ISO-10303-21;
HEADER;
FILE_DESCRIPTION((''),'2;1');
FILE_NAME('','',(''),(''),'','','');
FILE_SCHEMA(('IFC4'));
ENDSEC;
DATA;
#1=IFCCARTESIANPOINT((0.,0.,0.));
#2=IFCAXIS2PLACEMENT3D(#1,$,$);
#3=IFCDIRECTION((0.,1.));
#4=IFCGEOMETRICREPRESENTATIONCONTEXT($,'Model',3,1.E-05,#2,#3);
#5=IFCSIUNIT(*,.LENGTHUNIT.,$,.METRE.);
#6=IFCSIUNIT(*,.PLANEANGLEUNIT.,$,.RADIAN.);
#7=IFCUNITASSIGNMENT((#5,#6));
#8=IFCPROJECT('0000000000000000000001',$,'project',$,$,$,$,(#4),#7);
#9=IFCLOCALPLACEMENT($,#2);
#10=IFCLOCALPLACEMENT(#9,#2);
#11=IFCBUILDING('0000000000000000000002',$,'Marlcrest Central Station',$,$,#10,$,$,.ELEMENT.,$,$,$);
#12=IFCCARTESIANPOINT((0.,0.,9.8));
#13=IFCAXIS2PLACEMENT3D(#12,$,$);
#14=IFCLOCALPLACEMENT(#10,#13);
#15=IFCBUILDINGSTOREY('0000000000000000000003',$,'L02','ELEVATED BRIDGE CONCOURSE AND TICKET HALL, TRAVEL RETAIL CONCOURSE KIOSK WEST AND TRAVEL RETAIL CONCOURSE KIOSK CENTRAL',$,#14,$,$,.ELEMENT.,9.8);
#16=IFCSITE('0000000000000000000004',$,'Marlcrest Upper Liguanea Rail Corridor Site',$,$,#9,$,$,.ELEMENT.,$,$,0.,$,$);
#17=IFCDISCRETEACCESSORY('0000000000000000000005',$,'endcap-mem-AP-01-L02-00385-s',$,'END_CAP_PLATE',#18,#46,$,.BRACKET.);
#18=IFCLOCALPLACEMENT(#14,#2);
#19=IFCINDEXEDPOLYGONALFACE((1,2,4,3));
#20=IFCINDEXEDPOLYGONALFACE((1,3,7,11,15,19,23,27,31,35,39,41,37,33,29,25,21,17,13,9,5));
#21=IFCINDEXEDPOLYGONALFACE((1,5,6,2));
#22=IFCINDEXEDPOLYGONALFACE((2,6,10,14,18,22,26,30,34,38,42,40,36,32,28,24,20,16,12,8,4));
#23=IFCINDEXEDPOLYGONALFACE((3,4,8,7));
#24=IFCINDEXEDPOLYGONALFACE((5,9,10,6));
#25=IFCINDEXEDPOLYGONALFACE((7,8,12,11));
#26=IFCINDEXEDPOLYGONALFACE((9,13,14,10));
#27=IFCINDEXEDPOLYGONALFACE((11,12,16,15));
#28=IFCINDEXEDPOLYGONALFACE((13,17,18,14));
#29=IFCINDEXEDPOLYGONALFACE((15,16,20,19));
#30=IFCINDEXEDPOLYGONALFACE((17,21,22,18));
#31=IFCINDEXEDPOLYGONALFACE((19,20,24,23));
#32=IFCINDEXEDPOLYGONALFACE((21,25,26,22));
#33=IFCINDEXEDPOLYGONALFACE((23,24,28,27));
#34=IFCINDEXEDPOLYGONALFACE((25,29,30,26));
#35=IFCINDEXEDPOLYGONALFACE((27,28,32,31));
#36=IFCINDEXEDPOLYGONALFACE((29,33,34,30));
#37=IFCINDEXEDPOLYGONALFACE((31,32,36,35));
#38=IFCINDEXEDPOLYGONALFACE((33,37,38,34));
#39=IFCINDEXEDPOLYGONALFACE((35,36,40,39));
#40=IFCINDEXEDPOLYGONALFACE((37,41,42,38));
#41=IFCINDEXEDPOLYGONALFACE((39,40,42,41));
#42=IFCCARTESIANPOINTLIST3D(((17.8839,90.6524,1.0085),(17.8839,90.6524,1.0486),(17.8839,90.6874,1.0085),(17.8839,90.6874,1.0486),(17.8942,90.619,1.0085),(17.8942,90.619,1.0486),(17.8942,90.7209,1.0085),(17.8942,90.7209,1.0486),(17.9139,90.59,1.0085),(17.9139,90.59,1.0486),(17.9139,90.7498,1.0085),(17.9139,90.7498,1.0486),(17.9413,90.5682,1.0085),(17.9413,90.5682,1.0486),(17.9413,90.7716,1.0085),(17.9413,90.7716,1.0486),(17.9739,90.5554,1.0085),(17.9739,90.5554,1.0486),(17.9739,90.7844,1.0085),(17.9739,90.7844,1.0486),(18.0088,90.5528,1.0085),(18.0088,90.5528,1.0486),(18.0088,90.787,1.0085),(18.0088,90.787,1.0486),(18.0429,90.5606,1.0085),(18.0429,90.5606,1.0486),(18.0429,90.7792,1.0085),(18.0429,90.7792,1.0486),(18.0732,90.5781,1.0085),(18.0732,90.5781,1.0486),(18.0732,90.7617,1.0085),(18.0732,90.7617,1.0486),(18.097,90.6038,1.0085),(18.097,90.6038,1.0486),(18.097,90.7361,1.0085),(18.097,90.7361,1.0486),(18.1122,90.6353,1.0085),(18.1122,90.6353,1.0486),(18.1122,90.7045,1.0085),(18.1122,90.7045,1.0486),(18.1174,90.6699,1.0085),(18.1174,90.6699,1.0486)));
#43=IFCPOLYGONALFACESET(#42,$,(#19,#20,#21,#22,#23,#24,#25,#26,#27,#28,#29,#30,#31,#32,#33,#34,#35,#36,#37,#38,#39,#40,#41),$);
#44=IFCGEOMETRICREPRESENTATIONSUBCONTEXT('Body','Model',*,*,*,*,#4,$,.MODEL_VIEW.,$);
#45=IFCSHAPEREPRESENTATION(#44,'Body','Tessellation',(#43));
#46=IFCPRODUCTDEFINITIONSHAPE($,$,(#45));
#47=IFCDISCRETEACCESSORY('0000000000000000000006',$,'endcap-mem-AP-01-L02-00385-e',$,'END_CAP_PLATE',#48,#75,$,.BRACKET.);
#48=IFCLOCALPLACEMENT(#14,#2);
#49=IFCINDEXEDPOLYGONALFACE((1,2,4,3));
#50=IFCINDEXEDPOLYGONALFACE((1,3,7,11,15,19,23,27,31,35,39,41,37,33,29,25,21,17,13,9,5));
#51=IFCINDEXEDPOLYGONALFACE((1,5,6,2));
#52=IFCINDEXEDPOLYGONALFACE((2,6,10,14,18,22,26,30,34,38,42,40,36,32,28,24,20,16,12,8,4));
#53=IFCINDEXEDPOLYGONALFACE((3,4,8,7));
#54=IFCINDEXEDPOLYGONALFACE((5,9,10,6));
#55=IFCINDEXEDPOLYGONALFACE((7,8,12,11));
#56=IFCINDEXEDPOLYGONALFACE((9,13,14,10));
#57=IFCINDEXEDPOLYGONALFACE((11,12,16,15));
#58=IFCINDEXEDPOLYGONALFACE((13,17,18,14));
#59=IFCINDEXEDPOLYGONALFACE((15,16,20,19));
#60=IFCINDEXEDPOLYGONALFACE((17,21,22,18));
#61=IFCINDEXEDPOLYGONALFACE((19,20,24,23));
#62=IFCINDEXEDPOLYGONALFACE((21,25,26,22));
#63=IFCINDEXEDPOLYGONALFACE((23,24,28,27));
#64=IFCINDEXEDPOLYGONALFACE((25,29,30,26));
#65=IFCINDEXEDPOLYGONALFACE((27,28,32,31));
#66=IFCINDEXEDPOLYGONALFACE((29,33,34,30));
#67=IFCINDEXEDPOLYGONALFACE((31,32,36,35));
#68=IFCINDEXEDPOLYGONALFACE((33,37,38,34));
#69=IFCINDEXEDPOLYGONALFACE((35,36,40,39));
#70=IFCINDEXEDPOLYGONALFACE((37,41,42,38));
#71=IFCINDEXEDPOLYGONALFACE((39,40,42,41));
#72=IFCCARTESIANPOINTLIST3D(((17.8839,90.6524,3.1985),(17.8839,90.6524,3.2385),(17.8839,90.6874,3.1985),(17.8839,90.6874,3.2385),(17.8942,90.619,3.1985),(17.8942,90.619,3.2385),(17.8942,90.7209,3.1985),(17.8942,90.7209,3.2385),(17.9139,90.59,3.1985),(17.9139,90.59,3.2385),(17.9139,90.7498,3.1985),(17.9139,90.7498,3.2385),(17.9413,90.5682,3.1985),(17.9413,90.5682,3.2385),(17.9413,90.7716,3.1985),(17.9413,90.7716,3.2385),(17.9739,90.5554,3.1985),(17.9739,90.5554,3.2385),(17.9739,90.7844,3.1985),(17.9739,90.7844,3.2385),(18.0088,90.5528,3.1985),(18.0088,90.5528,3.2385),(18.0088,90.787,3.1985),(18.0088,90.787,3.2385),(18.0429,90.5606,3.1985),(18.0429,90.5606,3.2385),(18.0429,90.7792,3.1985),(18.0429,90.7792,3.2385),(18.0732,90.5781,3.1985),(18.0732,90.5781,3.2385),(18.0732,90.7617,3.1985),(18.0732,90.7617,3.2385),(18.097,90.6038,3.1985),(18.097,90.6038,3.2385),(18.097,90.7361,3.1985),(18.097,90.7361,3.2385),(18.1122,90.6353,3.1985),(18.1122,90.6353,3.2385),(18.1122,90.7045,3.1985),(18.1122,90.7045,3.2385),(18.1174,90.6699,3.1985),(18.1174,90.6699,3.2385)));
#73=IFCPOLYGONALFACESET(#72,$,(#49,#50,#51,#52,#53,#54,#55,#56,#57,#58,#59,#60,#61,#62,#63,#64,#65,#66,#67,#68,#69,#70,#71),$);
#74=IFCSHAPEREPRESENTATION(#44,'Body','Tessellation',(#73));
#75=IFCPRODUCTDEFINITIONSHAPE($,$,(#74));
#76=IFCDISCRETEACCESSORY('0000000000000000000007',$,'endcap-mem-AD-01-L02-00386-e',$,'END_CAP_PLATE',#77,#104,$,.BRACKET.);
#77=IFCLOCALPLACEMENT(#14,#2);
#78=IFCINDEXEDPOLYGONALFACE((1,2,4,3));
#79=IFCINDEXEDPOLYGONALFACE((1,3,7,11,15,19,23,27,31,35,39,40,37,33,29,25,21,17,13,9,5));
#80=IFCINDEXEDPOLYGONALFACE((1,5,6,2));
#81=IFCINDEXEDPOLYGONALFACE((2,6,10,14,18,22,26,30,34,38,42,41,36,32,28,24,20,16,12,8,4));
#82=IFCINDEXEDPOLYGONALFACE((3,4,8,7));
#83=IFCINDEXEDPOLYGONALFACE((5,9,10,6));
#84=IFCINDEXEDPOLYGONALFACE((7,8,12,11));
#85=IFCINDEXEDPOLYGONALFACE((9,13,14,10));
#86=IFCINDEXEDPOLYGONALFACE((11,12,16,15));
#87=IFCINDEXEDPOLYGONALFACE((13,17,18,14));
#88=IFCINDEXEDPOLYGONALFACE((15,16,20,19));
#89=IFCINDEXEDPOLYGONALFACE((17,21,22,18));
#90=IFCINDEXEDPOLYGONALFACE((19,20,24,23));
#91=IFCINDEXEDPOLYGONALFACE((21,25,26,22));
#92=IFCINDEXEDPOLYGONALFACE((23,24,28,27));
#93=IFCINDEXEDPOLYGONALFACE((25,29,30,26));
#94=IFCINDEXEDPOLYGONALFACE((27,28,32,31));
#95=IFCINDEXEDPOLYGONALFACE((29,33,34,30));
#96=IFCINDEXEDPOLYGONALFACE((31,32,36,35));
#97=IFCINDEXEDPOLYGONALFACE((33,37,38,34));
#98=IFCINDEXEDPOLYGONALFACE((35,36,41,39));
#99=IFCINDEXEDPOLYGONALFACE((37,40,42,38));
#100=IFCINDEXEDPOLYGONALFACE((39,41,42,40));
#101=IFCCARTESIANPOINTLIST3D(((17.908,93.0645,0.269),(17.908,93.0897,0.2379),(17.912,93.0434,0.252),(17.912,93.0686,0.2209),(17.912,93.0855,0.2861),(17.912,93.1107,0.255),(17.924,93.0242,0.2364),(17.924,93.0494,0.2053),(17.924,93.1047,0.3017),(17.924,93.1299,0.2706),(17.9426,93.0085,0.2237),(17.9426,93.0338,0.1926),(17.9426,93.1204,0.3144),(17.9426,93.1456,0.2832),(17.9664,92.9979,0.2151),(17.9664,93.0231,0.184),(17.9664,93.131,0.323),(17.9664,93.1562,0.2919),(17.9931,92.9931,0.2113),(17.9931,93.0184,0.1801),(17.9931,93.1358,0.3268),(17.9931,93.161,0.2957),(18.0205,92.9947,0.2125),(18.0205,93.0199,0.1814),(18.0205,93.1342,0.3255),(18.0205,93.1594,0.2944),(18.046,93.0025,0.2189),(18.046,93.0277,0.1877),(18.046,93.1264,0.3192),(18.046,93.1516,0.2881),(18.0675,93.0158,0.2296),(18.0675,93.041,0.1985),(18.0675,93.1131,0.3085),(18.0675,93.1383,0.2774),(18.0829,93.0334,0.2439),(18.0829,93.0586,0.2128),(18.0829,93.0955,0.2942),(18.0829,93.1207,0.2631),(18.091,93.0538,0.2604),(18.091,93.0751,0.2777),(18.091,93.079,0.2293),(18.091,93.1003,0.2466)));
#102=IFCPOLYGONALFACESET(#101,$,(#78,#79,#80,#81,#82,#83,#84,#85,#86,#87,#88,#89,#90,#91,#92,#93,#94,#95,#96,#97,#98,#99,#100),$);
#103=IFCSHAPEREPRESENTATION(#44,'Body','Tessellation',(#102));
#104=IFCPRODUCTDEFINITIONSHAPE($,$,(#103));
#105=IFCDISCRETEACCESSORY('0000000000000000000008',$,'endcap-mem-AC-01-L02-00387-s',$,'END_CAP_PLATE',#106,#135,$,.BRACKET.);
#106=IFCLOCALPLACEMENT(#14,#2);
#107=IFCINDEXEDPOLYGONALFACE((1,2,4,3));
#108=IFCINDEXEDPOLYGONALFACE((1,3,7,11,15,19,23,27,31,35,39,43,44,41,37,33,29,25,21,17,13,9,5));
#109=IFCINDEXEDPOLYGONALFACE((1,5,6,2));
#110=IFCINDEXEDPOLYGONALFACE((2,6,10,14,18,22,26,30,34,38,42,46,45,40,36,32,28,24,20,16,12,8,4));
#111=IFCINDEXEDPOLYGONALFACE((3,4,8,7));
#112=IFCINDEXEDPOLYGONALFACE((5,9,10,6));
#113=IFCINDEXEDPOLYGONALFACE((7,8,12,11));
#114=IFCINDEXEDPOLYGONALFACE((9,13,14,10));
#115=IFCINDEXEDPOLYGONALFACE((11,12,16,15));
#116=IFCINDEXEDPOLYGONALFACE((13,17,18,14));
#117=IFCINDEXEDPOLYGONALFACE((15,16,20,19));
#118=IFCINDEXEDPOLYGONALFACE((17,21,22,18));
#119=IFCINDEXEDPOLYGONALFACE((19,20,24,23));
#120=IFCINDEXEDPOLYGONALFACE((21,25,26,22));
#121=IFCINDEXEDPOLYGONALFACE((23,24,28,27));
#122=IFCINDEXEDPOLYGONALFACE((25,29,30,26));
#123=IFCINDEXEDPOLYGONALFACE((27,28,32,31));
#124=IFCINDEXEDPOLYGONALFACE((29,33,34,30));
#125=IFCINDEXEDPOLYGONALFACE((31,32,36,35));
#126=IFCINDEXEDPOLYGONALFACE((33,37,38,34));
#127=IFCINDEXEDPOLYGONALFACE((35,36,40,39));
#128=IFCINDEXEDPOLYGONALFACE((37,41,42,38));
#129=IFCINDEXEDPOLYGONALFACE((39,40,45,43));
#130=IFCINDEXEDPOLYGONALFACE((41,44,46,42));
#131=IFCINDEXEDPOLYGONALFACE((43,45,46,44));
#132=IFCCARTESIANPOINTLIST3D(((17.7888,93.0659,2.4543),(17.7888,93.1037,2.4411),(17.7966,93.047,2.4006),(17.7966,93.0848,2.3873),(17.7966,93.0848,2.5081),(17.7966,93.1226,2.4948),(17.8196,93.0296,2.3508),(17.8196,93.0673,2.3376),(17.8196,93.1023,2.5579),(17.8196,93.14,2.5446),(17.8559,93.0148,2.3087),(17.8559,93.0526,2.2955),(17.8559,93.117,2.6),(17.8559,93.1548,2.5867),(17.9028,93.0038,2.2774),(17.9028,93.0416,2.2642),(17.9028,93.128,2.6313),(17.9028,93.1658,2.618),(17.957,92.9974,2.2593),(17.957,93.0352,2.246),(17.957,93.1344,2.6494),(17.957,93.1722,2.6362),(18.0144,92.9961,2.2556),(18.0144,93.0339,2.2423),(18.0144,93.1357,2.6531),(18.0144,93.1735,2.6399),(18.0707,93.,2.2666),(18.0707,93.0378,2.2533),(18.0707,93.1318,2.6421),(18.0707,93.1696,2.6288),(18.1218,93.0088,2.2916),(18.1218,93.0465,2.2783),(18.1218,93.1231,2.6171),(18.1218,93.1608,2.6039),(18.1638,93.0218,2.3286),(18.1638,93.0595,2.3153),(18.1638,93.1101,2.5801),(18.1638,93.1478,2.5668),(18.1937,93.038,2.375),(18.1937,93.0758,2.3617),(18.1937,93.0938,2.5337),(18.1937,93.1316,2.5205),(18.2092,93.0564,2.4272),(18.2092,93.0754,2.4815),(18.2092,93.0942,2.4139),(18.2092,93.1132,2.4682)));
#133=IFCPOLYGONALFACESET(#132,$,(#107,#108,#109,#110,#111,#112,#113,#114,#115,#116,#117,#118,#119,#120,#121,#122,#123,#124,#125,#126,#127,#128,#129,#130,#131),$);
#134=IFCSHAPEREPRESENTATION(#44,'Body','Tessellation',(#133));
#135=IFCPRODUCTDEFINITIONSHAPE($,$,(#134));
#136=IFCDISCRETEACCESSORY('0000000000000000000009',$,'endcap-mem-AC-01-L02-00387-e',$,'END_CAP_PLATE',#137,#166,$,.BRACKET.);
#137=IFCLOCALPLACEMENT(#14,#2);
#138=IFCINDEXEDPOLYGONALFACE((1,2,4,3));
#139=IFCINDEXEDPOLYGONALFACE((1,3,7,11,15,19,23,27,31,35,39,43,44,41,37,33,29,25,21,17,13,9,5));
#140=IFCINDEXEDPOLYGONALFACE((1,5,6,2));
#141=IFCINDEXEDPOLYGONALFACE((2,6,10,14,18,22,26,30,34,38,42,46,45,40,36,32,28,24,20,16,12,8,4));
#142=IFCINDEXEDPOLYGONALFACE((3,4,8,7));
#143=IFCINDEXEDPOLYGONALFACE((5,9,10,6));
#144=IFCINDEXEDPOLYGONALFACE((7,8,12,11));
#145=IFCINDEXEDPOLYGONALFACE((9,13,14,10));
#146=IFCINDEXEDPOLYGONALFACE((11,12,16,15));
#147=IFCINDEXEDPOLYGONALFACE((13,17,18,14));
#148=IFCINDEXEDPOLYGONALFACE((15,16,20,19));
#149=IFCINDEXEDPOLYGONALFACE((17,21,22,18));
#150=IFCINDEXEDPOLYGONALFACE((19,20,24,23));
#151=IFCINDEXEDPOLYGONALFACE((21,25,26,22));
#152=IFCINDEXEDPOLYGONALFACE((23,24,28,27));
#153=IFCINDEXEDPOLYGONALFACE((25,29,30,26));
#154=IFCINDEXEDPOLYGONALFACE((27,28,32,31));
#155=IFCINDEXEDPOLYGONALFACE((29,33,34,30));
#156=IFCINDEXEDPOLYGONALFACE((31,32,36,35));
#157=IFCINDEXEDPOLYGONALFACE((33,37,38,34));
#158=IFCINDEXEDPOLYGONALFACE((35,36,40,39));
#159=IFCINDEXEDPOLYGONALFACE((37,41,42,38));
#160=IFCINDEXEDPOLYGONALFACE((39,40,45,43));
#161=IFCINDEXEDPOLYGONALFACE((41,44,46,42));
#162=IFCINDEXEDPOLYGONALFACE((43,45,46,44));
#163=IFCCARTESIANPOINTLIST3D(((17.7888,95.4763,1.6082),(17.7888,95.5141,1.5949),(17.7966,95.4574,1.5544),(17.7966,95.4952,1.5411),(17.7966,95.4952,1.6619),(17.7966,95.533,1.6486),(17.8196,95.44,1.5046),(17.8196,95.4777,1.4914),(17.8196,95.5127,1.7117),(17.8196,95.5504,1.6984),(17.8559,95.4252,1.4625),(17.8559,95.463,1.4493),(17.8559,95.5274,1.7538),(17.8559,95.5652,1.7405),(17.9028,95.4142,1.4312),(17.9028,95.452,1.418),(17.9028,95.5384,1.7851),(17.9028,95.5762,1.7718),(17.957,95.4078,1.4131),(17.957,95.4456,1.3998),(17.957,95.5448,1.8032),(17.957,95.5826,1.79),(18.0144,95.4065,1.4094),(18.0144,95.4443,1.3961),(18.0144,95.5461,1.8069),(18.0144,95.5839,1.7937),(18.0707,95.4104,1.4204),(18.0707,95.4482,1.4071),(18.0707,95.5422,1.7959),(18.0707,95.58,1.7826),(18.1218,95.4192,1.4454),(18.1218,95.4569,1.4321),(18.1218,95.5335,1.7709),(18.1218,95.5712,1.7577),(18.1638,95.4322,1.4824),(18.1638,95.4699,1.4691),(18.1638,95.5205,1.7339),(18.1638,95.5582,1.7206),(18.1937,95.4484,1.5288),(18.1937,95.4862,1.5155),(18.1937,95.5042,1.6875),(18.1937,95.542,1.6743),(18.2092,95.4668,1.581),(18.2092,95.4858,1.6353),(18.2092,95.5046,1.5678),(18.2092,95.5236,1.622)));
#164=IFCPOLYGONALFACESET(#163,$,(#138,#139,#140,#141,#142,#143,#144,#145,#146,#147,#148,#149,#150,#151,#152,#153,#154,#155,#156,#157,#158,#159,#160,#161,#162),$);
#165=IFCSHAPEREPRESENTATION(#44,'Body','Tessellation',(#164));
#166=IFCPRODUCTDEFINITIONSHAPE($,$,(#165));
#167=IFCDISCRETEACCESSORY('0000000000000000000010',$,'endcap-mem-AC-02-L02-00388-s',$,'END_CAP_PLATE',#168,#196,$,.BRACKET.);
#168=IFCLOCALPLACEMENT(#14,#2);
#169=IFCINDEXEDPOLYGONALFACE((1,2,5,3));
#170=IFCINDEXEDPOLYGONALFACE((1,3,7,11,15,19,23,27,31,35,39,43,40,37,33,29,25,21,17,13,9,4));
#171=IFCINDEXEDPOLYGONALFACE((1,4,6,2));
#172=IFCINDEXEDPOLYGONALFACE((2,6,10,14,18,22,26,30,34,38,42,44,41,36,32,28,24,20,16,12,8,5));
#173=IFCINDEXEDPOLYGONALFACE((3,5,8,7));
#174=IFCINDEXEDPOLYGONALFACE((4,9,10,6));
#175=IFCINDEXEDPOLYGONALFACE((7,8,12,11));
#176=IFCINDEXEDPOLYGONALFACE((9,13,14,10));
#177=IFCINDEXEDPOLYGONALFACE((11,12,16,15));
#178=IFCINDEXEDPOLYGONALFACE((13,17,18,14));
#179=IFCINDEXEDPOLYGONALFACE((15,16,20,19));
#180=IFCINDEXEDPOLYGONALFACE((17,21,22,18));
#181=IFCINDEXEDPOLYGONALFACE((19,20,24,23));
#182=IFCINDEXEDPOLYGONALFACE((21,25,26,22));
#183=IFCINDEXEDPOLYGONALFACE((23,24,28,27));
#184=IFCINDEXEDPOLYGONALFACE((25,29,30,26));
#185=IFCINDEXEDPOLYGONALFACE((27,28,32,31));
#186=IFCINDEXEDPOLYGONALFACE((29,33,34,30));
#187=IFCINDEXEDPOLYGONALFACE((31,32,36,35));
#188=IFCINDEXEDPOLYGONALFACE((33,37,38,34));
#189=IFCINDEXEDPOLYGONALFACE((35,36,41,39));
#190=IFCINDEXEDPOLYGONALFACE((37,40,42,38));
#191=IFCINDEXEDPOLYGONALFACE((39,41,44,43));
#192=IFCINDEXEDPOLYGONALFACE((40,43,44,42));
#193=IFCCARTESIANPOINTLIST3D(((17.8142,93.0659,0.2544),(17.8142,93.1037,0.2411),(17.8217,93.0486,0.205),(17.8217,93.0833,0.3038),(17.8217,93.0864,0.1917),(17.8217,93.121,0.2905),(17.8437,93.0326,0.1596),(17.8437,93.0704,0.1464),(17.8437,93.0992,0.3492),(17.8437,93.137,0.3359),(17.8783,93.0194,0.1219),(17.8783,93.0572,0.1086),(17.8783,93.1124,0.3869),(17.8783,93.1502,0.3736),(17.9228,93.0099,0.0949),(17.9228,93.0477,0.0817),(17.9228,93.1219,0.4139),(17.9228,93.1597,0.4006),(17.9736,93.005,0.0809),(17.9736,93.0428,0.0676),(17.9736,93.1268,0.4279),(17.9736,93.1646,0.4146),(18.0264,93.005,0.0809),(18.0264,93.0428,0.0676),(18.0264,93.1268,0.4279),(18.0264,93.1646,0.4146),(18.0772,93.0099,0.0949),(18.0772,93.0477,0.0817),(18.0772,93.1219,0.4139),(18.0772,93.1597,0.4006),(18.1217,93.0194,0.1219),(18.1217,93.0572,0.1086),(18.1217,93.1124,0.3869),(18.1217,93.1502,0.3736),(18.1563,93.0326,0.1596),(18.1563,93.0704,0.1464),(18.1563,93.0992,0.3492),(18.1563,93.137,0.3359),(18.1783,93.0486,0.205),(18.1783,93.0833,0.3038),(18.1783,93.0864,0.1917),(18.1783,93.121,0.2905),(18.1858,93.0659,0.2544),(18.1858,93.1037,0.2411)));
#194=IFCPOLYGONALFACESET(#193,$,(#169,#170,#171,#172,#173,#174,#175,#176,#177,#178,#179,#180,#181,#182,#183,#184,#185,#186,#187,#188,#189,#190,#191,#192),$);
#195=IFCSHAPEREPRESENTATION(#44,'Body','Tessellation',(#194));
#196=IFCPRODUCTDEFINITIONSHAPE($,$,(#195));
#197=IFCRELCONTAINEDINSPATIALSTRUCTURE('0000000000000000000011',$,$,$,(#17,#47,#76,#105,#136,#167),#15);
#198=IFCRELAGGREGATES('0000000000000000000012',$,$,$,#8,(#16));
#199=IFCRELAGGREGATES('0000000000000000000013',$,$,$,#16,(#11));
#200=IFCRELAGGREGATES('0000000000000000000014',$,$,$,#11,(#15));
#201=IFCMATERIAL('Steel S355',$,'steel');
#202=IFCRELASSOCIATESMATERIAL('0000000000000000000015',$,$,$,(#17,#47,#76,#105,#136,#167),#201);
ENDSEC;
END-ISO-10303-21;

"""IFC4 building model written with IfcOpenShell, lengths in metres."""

from ifc_helpers import new_model, si_unit, direction, frame, origin, origin_2d, place, context, subcontext, project, spatial, circle, extrude, material, element, save


model = new_model("IFC4")

# Units and contexts
model_context = context("Model", 3, precision=1e-05, world=origin(), true_north=direction((0.0, 1.0)))
body_context = subcontext(model_context, "Body", "Model", "MODEL_VIEW")
ifc_project = project(units=[si_unit("LENGTHUNIT", "METRE"), si_unit("PLANEANGLEUNIT", "RADIAN")], contexts=[model_context])

# Site, building, storey
site_placement = place(None, origin())
site = spatial("IfcSite", under=ifc_project, at=site_placement, Name="Marlcrest Upper Liguanea Rail Corridor Site", CompositionType="ELEMENT", RefElevation=0.0)
building_placement = place(site_placement, origin())
building = spatial("IfcBuilding", under=site, at=building_placement, Name="Marlcrest Central Station", CompositionType="ELEMENT")
storey_placement = place(building_placement, frame((0.0, 0.0, 9.8)))
storey = spatial("IfcBuildingStorey", under=building, at=storey_placement, Name="L02", Description="ELEVATED BRIDGE CONCOURSE AND TICKET HALL, TRAVEL RETAIL CONCOURSE KIOSK WEST AND TRAVEL RETAIL CONCOURSE KIOSK CENTRAL", CompositionType="ELEMENT", Elevation=9.8)

# Shared definitions
ifc_material_1 = material(Name="Steel S355", Category="steel")

# Discrete accessories
for number, where, z_axis, x_axis, name in (
    (1, (18.0, 90.6699, 1.0085), (0.0, 0.0, 1.0), (1.0, 0.0, 0.0), "endcap-mem-AP-01-L02-00385-s"),
    (2, (18.0, 90.6699, 3.1985), (0.0, 0.0, 1.0), (1.0, 0.0, 0.0), "endcap-mem-AP-01-L02-00385-e"),
):
    element("IfcDiscreteAccessory", number, at=place(storey_placement, frame(where, z_axis=z_axis, x_axis=x_axis)), inside=storey, material=ifc_material_1, Name=name, ObjectType="END_CAP_PLATE", PredefinedType="BRACKET", context=body_context, shape_type="SweptSolid", body=[
        extrude(circle(Radius=0.1174, at=origin_2d()), origin(), (0.0, 0.0, 1.0), 0.04),
    ])
discrete_accessory_1_placement = place(storey_placement, frame((18.0, 93.0645, 0.269), z_axis=(0.0, 0.629629, -0.776896), x_axis=(-1.0, 0.0, 0.0)))
element("IfcDiscreteAccessory", 3, at=discrete_accessory_1_placement, inside=storey, material=ifc_material_1, Name="endcap-mem-AD-01-L02-00386-e", ObjectType="END_CAP_PLATE", PredefinedType="BRACKET", context=body_context, shape_type="SweptSolid", body=[
    extrude(circle(Radius=0.092, at=origin_2d()), origin(), (0.0, 0.0, 1.0), 0.04),
])
for number, where, z_axis, x_axis, name in (
    (4, (18.0, 93.0659, 2.4543), (0.0, 0.943537, -0.331266), (-1.0, 0.0, 0.0), "endcap-mem-AC-01-L02-00387-s"),
    (5, (18.0, 95.4763, 1.6082), (0.0, 0.943537, -0.331266), (-1.0, 0.0, 0.0), "endcap-mem-AC-01-L02-00387-e"),
):
    element("IfcDiscreteAccessory", number, at=place(storey_placement, frame(where, z_axis=z_axis, x_axis=x_axis)), inside=storey, material=ifc_material_1, Name=name, ObjectType="END_CAP_PLATE", PredefinedType="BRACKET", context=body_context, shape_type="SweptSolid", body=[
        extrude(circle(Radius=0.2112, at=origin_2d()), origin(), (0.0, 0.0, 1.0), 0.04),
    ])
for number, where, z_axis, x_axis, name in (
    (6, (18.0, 93.0659, 0.2544), (0.0, 0.943537, -0.331266), (-1.0, 0.0, 0.0), "endcap-mem-AC-02-L02-00388-s"),
):
    element("IfcDiscreteAccessory", number, at=place(storey_placement, frame(where, z_axis=z_axis, x_axis=x_axis)), inside=storey, material=ifc_material_1, Name=name, ObjectType="END_CAP_PLATE", PredefinedType="BRACKET", context=body_context, shape_type="SweptSolid", body=[
        extrude(circle(Radius=0.1858, at=origin_2d()), origin(), (0.0, 0.0, 1.0), 0.04),
    ])

save(model, "model.ifc")
